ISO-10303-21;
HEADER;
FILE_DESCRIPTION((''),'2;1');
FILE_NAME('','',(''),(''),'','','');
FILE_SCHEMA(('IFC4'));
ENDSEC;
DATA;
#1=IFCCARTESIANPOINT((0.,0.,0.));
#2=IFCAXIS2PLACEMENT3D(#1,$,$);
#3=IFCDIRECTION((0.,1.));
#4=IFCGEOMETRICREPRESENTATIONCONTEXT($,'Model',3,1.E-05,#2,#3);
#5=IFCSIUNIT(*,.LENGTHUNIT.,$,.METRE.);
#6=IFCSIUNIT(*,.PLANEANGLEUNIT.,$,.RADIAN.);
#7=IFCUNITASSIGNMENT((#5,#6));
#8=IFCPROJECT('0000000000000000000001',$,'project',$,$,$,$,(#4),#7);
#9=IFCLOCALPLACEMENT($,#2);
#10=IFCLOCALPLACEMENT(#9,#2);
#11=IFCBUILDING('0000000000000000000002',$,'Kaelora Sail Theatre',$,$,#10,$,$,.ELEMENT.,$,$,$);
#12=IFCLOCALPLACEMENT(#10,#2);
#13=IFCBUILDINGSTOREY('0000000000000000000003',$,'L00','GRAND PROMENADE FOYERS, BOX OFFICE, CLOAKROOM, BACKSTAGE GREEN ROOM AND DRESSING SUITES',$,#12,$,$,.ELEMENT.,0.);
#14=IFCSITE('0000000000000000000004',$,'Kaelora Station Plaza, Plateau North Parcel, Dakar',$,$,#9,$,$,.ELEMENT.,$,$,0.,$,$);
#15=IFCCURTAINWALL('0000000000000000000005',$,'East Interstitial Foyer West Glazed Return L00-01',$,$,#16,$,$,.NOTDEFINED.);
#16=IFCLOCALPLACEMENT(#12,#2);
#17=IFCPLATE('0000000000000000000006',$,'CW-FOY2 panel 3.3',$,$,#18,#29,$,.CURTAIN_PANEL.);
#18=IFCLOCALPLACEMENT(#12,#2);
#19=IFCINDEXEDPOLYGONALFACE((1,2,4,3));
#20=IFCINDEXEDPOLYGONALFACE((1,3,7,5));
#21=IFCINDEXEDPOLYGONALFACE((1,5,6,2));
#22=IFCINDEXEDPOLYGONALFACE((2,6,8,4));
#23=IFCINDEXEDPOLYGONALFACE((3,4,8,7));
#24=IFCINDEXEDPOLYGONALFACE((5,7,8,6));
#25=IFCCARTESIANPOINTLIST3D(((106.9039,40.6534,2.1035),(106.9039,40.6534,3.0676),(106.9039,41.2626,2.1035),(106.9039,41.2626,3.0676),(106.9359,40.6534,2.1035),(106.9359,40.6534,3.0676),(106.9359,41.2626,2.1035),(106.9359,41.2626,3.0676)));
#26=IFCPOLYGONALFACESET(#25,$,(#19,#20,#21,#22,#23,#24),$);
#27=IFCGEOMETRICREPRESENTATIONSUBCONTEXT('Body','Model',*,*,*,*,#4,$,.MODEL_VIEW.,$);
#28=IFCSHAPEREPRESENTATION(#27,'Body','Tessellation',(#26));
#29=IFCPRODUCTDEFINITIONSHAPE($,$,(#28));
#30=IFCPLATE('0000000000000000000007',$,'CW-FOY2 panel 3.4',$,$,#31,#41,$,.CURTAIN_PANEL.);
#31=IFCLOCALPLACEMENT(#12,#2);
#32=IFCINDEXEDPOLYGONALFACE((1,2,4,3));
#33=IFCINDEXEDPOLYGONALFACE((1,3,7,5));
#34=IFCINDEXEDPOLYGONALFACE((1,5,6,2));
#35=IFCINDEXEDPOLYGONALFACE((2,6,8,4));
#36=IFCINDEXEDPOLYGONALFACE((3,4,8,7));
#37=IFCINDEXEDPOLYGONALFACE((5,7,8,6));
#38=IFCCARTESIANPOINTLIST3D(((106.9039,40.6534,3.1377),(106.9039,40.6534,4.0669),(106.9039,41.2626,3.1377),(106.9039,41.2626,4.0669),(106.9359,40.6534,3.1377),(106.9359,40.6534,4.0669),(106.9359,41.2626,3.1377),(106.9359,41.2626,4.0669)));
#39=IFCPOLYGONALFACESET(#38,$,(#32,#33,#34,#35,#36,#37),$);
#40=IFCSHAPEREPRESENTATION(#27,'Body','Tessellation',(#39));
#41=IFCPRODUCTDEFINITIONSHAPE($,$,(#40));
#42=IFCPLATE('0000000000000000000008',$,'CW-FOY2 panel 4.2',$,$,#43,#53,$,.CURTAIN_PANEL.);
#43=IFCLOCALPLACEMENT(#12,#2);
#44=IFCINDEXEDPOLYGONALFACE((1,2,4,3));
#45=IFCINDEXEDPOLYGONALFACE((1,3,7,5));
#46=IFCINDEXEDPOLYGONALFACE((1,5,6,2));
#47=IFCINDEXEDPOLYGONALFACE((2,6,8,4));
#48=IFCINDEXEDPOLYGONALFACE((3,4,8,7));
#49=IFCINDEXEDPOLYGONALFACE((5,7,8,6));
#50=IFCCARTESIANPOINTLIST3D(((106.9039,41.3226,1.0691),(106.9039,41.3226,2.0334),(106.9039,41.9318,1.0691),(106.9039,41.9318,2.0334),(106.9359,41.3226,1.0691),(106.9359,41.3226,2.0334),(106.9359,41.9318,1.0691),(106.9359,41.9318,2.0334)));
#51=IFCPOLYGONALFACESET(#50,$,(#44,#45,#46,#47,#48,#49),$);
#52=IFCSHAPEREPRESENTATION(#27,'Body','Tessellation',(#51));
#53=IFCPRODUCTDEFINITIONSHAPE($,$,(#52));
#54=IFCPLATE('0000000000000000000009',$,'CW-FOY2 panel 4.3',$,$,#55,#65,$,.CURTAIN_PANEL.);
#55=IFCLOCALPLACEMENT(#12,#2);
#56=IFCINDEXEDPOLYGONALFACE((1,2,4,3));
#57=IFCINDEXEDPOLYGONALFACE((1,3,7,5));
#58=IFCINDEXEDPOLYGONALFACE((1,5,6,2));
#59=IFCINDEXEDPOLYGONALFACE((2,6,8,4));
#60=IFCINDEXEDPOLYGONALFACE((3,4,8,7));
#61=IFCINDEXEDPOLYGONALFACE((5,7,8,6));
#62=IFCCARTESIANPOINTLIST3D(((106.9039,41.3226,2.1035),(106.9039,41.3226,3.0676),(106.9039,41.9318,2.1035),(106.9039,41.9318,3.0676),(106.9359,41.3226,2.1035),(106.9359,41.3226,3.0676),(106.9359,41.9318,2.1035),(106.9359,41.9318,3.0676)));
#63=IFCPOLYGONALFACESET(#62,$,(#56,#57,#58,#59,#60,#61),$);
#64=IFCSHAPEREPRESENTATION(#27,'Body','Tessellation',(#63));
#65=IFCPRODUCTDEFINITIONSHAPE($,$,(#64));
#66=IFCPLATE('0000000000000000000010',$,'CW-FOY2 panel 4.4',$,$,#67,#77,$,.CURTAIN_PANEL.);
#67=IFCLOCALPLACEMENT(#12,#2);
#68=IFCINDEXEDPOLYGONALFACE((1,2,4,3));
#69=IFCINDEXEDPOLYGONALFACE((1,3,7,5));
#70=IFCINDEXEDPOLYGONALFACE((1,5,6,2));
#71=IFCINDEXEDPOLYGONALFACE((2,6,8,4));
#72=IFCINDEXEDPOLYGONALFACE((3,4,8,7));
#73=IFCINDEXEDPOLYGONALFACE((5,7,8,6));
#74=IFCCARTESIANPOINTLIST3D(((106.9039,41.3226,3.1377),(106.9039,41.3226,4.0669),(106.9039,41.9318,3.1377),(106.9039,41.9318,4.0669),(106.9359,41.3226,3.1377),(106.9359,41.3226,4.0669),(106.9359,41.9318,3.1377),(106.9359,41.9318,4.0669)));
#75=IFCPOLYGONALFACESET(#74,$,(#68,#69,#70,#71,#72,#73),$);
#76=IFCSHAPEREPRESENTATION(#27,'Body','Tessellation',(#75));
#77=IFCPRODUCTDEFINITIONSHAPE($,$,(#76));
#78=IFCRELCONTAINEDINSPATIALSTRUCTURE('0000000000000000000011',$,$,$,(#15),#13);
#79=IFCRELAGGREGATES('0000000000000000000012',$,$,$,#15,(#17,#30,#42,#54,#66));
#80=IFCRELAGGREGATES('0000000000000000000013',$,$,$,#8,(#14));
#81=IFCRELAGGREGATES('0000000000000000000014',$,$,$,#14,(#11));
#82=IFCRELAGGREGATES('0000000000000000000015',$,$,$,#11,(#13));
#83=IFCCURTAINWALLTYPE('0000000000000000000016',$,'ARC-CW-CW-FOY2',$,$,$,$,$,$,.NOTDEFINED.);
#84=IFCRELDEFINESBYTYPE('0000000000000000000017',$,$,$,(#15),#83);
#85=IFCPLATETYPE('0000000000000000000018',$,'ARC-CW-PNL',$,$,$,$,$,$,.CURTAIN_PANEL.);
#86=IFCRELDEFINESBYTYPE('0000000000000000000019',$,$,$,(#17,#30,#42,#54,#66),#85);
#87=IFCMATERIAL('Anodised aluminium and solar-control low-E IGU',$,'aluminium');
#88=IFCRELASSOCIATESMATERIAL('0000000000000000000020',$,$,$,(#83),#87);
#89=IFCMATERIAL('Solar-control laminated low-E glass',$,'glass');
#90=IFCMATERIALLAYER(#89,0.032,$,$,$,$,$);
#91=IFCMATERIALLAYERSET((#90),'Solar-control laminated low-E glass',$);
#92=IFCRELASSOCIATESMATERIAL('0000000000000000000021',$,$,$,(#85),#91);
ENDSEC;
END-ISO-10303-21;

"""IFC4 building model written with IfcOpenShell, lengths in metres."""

from ifc_helpers import new_model, si_unit, direction, frame, origin, origin_2d, place, context, subcontext, project, spatial, rectangle, extrude, material, layer, layer_set, type_object, element, aggregate, save


model = new_model("IFC4")

# Units and contexts
model_context = context("Model", 3, precision=1e-05, world=origin(), true_north=direction((0.0, 1.0)))
body_context = subcontext(model_context, "Body", "Model", "MODEL_VIEW")
ifc_project = project(units=[si_unit("LENGTHUNIT", "METRE"), si_unit("PLANEANGLEUNIT", "RADIAN")], contexts=[model_context])

# Site, building, storey
site_placement = place(None, origin())
site = spatial("IfcSite", under=ifc_project, at=site_placement, Name="Kaelora Station Plaza, Plateau North Parcel, Dakar", CompositionType="ELEMENT", RefElevation=0.0)
building_placement = place(site_placement, origin())
building = spatial("IfcBuilding", under=site, at=building_placement, Name="Kaelora Sail Theatre", CompositionType="ELEMENT")
storey_placement = place(building_placement, origin())
storey = spatial("IfcBuildingStorey", under=building, at=storey_placement, Name="L00", Description="GRAND PROMENADE FOYERS, BOX OFFICE, CLOAKROOM, BACKSTAGE GREEN ROOM AND DRESSING SUITES", CompositionType="ELEMENT", Elevation=0.0)

# Curtain wall, plates
ifc_material_1 = material(Name="Anodised aluminium and solar-control low-E IGU", Category="aluminium")
curtain_wall_type = type_object("IfcCurtainWallType", Name="ARC-CW-CW-FOY2", PredefinedType="NOTDEFINED", material=ifc_material_1)
curtain_wall_placement = place(storey_placement, origin())
curtain_wall = element("IfcCurtainWall", 1, at=curtain_wall_placement, inside=storey, type_object=curtain_wall_type, Name="East Interstitial Foyer West Glazed Return L00-01", PredefinedType="NOTDEFINED")
ifc_material_2 = material(Name="Solar-control laminated low-E glass", Category="glass")
ifc_layer = layer(ifc_material_2, 0.032)
ifc_layer_set = layer_set([ifc_layer], Name="Solar-control laminated low-E glass")
plate_type = type_object("IfcPlateType", Name="ARC-CW-PNL", PredefinedType="CURTAIN_PANEL", material=ifc_layer_set)
plate_1_placement = place(storey_placement, frame((106.9199, 40.958, 2.1035), z_axis=(0.0, 0.0, 1.0), x_axis=(0.0, 1.0, 0.0)))
plate_1 = element("IfcPlate", 2, at=plate_1_placement, type_object=plate_type, Name="CW-FOY2 panel 3.3", PredefinedType="CURTAIN_PANEL", context=body_context, shape_type="SweptSolid", body=[
    extrude(rectangle(XDim=0.6091, YDim=0.032, at=origin_2d()), origin(), (0.0, 0.0, 1.0), 0.9641),
])
plate_2_placement = place(storey_placement, frame((106.9199, 40.958, 3.1377), z_axis=(0.0, 0.0, 1.0), x_axis=(0.0, 1.0, 0.0)))
plate_2 = element("IfcPlate", 3, at=plate_2_placement, type_object=plate_type, Name="CW-FOY2 panel 3.4", PredefinedType="CURTAIN_PANEL", context=body_context, shape_type="SweptSolid", body=[
    extrude(rectangle(XDim=0.6091, YDim=0.032, at=origin_2d()), origin(), (0.0, 0.0, 1.0), 0.9292),
])
plate_3_placement = place(storey_placement, frame((106.9199, 41.6272, 1.0691), z_axis=(0.0, 0.0, 1.0), x_axis=(0.0, 1.0, 0.0)))
plate_3 = element("IfcPlate", 4, at=plate_3_placement, type_object=plate_type, Name="CW-FOY2 panel 4.2", PredefinedType="CURTAIN_PANEL", context=body_context, shape_type="SweptSolid", body=[
    extrude(rectangle(XDim=0.6091, YDim=0.032, at=origin_2d()), origin(), (0.0, 0.0, 1.0), 0.9644),
])
plate_4_placement = place(storey_placement, frame((106.9199, 41.6272, 2.1035), z_axis=(0.0, 0.0, 1.0), x_axis=(0.0, 1.0, 0.0)))
plate_4 = element("IfcPlate", 5, at=plate_4_placement, type_object=plate_type, Name="CW-FOY2 panel 4.3", PredefinedType="CURTAIN_PANEL", context=body_context, shape_type="SweptSolid", body=[
    extrude(rectangle(XDim=0.6091, YDim=0.032, at=origin_2d()), origin(), (0.0, 0.0, 1.0), 0.9641),
])
plate_5_placement = place(storey_placement, frame((106.9199, 41.6272, 3.1377), z_axis=(0.0, 0.0, 1.0), x_axis=(0.0, 1.0, 0.0)))
plate_5 = element("IfcPlate", 6, at=plate_5_placement, type_object=plate_type, Name="CW-FOY2 panel 4.4", PredefinedType="CURTAIN_PANEL", context=body_context, shape_type="SweptSolid", body=[
    extrude(rectangle(XDim=0.6091, YDim=0.032, at=origin_2d()), origin(), (0.0, 0.0, 1.0), 0.9292),
])
aggregate(curtain_wall, [plate_1, plate_2, plate_3, plate_4, plate_5])

save(model, "model.ifc")
